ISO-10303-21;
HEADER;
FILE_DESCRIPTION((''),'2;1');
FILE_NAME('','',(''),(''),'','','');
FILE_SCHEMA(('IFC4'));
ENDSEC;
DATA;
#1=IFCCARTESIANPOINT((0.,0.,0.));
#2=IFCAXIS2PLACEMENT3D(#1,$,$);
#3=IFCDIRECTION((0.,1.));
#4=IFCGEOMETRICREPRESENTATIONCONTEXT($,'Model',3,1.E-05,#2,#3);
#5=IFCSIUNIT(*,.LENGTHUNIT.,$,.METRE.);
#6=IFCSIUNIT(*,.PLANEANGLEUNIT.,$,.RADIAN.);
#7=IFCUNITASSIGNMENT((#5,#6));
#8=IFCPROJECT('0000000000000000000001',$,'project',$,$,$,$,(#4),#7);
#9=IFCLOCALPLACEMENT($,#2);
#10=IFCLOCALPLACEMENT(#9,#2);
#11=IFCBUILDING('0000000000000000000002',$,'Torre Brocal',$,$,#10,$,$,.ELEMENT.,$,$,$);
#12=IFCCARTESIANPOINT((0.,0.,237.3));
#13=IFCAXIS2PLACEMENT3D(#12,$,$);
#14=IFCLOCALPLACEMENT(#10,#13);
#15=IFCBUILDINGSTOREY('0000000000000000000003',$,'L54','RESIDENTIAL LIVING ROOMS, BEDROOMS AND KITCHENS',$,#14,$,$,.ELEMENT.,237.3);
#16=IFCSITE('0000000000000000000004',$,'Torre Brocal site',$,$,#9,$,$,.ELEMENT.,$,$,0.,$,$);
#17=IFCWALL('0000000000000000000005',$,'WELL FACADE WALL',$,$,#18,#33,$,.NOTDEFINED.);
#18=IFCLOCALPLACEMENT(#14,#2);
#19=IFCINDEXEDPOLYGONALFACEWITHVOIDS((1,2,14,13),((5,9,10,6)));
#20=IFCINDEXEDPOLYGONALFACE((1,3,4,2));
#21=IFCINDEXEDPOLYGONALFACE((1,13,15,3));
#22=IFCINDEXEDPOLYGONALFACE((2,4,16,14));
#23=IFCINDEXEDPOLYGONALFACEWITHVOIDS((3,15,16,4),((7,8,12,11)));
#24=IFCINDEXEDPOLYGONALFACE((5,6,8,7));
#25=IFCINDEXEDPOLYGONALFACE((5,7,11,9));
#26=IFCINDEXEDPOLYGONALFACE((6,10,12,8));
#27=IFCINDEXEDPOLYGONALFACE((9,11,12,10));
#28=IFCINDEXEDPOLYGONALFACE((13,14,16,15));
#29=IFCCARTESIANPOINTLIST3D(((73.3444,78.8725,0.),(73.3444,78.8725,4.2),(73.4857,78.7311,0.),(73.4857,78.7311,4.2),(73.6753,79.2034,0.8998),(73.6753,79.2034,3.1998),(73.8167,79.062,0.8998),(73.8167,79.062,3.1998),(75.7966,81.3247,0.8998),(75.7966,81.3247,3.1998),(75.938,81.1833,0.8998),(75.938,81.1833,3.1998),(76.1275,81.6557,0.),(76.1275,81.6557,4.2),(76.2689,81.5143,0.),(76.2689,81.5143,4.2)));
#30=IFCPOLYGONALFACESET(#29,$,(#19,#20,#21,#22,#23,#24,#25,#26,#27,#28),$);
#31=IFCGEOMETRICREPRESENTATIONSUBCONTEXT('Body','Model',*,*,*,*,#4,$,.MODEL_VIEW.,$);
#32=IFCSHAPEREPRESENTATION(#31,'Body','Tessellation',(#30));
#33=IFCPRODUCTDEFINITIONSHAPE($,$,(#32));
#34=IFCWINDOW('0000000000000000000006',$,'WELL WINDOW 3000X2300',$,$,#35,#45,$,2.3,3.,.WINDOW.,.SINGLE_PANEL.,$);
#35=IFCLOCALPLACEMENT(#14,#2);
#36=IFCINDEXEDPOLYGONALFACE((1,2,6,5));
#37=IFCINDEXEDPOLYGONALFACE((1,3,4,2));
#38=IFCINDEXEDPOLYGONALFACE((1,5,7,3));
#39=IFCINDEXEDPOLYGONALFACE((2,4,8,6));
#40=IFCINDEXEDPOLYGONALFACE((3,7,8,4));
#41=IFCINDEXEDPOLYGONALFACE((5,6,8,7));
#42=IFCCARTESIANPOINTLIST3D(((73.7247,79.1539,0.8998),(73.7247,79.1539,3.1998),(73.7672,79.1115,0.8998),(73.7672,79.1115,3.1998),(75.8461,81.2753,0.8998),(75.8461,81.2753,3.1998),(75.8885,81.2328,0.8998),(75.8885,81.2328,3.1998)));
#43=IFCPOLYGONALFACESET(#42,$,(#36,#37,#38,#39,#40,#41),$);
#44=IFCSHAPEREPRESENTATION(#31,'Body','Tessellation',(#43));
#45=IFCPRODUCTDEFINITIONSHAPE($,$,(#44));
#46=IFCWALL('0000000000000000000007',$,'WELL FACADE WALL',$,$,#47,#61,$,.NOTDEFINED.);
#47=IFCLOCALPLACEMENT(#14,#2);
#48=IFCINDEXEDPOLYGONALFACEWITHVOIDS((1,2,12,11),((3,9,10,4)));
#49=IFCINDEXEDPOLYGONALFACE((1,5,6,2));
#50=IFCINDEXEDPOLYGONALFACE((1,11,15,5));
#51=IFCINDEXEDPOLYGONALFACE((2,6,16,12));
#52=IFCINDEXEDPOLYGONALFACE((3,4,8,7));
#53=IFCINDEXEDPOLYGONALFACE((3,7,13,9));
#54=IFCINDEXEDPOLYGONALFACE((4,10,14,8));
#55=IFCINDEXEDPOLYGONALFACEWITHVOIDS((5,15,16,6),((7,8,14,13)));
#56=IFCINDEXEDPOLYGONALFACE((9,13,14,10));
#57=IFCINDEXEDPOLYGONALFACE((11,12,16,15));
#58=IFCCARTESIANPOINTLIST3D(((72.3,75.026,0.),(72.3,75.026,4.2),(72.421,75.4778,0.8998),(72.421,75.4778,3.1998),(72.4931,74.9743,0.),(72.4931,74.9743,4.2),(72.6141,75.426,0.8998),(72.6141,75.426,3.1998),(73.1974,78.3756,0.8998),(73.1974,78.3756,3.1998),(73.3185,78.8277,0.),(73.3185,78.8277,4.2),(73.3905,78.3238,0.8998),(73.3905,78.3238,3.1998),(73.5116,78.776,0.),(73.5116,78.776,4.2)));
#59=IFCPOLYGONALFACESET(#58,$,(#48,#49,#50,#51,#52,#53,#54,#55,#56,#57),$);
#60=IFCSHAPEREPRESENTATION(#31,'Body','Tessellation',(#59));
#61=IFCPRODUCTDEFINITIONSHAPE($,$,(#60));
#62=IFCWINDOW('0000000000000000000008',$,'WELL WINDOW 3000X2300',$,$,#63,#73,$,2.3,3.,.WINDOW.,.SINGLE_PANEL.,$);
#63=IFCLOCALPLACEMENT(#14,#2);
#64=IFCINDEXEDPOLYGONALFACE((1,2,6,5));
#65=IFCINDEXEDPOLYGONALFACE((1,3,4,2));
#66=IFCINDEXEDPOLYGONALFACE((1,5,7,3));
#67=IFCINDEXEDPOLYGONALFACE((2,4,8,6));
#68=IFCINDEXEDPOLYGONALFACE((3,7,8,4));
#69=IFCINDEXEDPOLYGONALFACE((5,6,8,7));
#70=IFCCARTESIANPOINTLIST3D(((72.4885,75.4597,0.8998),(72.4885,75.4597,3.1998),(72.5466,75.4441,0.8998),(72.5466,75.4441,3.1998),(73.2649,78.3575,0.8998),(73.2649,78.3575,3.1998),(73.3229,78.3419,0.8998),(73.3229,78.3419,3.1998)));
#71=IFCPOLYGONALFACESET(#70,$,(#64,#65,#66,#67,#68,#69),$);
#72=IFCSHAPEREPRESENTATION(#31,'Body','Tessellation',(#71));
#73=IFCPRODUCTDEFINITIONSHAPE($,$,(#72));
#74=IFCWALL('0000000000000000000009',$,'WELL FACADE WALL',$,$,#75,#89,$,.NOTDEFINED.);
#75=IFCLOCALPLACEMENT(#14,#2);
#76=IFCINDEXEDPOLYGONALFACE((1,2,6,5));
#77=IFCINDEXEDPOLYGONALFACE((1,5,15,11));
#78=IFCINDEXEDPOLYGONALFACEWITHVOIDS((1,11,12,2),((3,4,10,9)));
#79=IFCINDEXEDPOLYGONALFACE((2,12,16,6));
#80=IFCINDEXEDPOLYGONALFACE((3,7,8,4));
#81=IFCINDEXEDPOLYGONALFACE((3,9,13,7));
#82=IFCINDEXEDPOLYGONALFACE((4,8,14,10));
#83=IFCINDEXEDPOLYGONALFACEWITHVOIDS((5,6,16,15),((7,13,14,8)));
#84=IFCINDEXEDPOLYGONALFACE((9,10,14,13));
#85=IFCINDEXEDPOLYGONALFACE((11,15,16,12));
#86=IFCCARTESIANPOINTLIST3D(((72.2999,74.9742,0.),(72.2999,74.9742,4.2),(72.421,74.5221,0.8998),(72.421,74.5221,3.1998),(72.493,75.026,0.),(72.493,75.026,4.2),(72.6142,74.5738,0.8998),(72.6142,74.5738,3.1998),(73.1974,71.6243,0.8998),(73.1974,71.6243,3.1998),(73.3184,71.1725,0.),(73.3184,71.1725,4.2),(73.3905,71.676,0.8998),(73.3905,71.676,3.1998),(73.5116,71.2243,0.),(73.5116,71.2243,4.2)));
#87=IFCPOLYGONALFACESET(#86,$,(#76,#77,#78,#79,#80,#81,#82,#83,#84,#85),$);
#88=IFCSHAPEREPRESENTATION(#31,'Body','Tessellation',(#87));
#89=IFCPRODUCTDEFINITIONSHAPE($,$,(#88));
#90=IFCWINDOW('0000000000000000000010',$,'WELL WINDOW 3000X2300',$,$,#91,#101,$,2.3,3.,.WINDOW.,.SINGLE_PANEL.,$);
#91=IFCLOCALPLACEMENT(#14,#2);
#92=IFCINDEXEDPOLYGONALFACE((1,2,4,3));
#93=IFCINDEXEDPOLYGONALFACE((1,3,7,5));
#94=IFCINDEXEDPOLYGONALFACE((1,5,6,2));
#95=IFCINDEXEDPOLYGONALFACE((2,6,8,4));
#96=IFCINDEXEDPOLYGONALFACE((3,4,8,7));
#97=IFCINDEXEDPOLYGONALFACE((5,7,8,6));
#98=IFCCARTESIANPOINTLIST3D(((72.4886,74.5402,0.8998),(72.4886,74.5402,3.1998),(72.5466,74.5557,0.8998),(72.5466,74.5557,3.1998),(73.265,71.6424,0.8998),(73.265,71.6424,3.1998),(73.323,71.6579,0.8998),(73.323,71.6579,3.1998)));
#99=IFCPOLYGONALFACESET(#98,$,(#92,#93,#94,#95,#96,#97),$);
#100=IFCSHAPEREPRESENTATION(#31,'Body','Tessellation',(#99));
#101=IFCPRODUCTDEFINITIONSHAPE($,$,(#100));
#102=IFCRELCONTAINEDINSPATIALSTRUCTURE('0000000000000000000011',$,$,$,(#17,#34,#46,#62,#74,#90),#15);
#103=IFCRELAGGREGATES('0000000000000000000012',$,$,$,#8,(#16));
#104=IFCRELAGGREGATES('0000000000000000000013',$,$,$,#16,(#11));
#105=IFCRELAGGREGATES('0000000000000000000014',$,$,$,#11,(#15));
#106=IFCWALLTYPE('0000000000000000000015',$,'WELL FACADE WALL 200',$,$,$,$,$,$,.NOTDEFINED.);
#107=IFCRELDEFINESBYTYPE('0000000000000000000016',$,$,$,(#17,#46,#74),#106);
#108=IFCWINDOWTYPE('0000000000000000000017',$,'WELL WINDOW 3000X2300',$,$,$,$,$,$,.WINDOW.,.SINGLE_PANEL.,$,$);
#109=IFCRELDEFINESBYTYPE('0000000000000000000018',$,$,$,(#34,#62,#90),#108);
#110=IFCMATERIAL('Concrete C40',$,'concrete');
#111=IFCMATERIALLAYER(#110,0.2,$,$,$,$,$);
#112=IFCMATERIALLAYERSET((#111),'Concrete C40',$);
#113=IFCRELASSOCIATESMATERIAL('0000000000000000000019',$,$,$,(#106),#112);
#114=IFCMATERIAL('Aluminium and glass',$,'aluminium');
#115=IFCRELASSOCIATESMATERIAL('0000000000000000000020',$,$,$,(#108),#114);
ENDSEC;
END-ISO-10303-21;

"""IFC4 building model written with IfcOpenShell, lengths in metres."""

from ifc_helpers import new_model, si_unit, direction, frame, frame_2d, origin, place, context, subcontext, project, spatial, rectangle, extrude, material, layer, layer_set, type_object, element, fill, save


model = new_model("IFC4")

# Units and contexts
model_context = context("Model", 3, precision=1e-05, world=origin(), true_north=direction((0.0, 1.0)))
body_context = subcontext(model_context, "Body", "Model", "MODEL_VIEW")
ifc_project = project(units=[si_unit("LENGTHUNIT", "METRE"), si_unit("PLANEANGLEUNIT", "RADIAN")], contexts=[model_context])

# Site, building, storey
site_placement = place(None, origin())
site = spatial("IfcSite", under=ifc_project, at=site_placement, Name="Torre Brocal site", CompositionType="ELEMENT", RefElevation=0.0)
building_placement = place(site_placement, origin())
building = spatial("IfcBuilding", under=site, at=building_placement, Name="Torre Brocal", CompositionType="ELEMENT")
storey_placement = place(building_placement, frame((0.0, 0.0, 237.3)))
storey = spatial("IfcBuildingStorey", under=building, at=storey_placement, Name="L54", Description="RESIDENTIAL LIVING ROOMS, BEDROOMS AND KITCHENS", CompositionType="ELEMENT", Elevation=237.3)

# Walls, openings, windows
ifc_material_1 = material(Name="Concrete C40", Category="concrete")
ifc_layer_1 = layer(ifc_material_1, 0.2)
ifc_layer_set_1 = layer_set([ifc_layer_1], Name="Concrete C40")
wall_type_1 = type_object("IfcWallType", Name="WELL FACADE WALL 200", PredefinedType="NOTDEFINED", material=ifc_layer_set_1)
wall_1_placement = place(storey_placement, frame((76.1982, 81.585, 0.0), z_axis=(0.0, 0.0, 1.0), x_axis=(-0.707107, -0.707107, 0.0)))
wall_1 = element("IfcWall", 1, at=wall_1_placement, inside=storey, type_object=wall_type_1, Name="WELL FACADE WALL", PredefinedType="NOTDEFINED", context=body_context, shape_type="SweptSolid", body=[
    extrude(rectangle(XDim=3.936, YDim=0.2, at=frame_2d((1.968, 0.0))), origin(), (0.0, 0.0, 1.0), 4.2),
])
opening_1_placement = place(wall_1_placement, frame((0.468, 0.0, 0.8999)))
opening_1 = element("IfcOpeningElement", 2, at=opening_1_placement, cuts=wall_1, PredefinedType="OPENING", context=body_context, shape_type="SweptSolid", body=[
    extrude(rectangle(XDim=3.0, YDim=2.3, at=frame_2d((1.5, 1.1499))), frame((0.0, 0.1099, 0.0), z_axis=(0.0, -1.0, 0.0), x_axis=(1.0, 0.0, 0.0)), (0.0, 0.0, 1.0), 0.22),
])
ifc_material_2 = material(Name="Aluminium and glass", Category="aluminium")
window_type = type_object("IfcWindowType", Name="WELL WINDOW 3000X2300", PartitioningType="SINGLE_PANEL", PredefinedType="WINDOW", material=ifc_material_2)
window_1_placement = place(opening_1_placement, origin())
window_1 = element("IfcWindow", 3, at=window_1_placement, inside=storey, type_object=window_type, Name="WELL WINDOW 3000X2300", OverallHeight=2.3, OverallWidth=3.0, PartitioningType="SINGLE_PANEL", PredefinedType="WINDOW", context=body_context, shape_type="SweptSolid", body=[
    extrude(rectangle(XDim=3.0, YDim=2.3, at=frame_2d((1.5, 1.1499))), frame((0.0, 0.03, 0.0), z_axis=(0.0, -1.0, 0.0), x_axis=(1.0, 0.0, 0.0)), (0.0, 0.0, 1.0), 0.0601),
])
fill(opening_1, window_1)
wall_2_placement = place(storey_placement, frame((73.415, 78.8018, 0.0), z_axis=(0.0, 0.0, 1.0), x_axis=(-0.25879, -0.965934, 0.0)))
wall_2 = element("IfcWall", 4, at=wall_2_placement, inside=storey, type_object=wall_type_1, Name="WELL FACADE WALL", PredefinedType="NOTDEFINED", context=body_context, shape_type="SweptSolid", body=[
    extrude(rectangle(XDim=3.9358, YDim=0.2, at=frame_2d((1.9678, 0.0))), origin(), (0.0, 0.0, 1.0), 4.2),
])
opening_2_placement = place(wall_2_placement, frame((0.468, 0.0, 0.8999)))
opening_2 = element("IfcOpeningElement", 5, at=opening_2_placement, cuts=wall_2, PredefinedType="OPENING", context=body_context, shape_type="SweptSolid", body=[
    extrude(rectangle(XDim=3.0, YDim=2.3, at=frame_2d((1.5, 1.1499))), frame((0.0, 0.1099, 0.0), z_axis=(0.0, -1.0, 0.0), x_axis=(1.0, 0.0, 0.0)), (0.0, 0.0, 1.0), 0.22),
])
window_2_placement = place(opening_2_placement, origin())
window_2 = element("IfcWindow", 6, at=window_2_placement, inside=storey, type_object=window_type, Name="WELL WINDOW 3000X2300", OverallHeight=2.3, OverallWidth=3.0, PartitioningType="SINGLE_PANEL", PredefinedType="WINDOW", context=body_context, shape_type="SweptSolid", body=[
    extrude(rectangle(XDim=3.0, YDim=2.3, at=frame_2d((1.5, 1.1499))), frame((0.0, 0.03, 0.0), z_axis=(0.0, -1.0, 0.0), x_axis=(1.0, 0.0, 0.0)), (0.0, 0.0, 1.0), 0.0601),
])
fill(opening_2, window_2)
wall_3_placement = place(storey_placement, frame((72.3965, 75.0, 0.0), z_axis=(0.0, 0.0, 1.0), x_axis=(0.25879, -0.965934, 0.0)))
wall_3 = element("IfcWall", 7, at=wall_3_placement, inside=storey, type_object=wall_type_1, Name="WELL FACADE WALL", PredefinedType="NOTDEFINED", context=body_context, shape_type="SweptSolid", body=[
    extrude(rectangle(XDim=3.9358, YDim=0.2, at=frame_2d((1.9678, 0.0))), origin(), (0.0, 0.0, 1.0), 4.2),
])
opening_3_placement = place(wall_3_placement, frame((0.468, 0.0, 0.8999)))
opening_3 = element("IfcOpeningElement", 8, at=opening_3_placement, cuts=wall_3, PredefinedType="OPENING", context=body_context, shape_type="SweptSolid", body=[
    extrude(rectangle(XDim=3.0, YDim=2.3, at=frame_2d((1.5, 1.1499))), frame((0.0, 0.1099, 0.0), z_axis=(0.0, -1.0, 0.0), x_axis=(1.0, 0.0, 0.0)), (0.0, 0.0, 1.0), 0.22),
])
window_3_placement = place(opening_3_placement, origin())
window_3 = element("IfcWindow", 9, at=window_3_placement, inside=storey, type_object=window_type, Name="WELL WINDOW 3000X2300", OverallHeight=2.3, OverallWidth=3.0, PartitioningType="SINGLE_PANEL", PredefinedType="WINDOW", context=body_context, shape_type="SweptSolid", body=[
    extrude(rectangle(XDim=3.0, YDim=2.3, at=frame_2d((1.5, 1.1499))), frame((0.0, 0.03, 0.0), z_axis=(0.0, -1.0, 0.0), x_axis=(1.0, 0.0, 0.0)), (0.0, 0.0, 1.0), 0.0601),
])
fill(opening_3, window_3)

save(model, "model.ifc")
